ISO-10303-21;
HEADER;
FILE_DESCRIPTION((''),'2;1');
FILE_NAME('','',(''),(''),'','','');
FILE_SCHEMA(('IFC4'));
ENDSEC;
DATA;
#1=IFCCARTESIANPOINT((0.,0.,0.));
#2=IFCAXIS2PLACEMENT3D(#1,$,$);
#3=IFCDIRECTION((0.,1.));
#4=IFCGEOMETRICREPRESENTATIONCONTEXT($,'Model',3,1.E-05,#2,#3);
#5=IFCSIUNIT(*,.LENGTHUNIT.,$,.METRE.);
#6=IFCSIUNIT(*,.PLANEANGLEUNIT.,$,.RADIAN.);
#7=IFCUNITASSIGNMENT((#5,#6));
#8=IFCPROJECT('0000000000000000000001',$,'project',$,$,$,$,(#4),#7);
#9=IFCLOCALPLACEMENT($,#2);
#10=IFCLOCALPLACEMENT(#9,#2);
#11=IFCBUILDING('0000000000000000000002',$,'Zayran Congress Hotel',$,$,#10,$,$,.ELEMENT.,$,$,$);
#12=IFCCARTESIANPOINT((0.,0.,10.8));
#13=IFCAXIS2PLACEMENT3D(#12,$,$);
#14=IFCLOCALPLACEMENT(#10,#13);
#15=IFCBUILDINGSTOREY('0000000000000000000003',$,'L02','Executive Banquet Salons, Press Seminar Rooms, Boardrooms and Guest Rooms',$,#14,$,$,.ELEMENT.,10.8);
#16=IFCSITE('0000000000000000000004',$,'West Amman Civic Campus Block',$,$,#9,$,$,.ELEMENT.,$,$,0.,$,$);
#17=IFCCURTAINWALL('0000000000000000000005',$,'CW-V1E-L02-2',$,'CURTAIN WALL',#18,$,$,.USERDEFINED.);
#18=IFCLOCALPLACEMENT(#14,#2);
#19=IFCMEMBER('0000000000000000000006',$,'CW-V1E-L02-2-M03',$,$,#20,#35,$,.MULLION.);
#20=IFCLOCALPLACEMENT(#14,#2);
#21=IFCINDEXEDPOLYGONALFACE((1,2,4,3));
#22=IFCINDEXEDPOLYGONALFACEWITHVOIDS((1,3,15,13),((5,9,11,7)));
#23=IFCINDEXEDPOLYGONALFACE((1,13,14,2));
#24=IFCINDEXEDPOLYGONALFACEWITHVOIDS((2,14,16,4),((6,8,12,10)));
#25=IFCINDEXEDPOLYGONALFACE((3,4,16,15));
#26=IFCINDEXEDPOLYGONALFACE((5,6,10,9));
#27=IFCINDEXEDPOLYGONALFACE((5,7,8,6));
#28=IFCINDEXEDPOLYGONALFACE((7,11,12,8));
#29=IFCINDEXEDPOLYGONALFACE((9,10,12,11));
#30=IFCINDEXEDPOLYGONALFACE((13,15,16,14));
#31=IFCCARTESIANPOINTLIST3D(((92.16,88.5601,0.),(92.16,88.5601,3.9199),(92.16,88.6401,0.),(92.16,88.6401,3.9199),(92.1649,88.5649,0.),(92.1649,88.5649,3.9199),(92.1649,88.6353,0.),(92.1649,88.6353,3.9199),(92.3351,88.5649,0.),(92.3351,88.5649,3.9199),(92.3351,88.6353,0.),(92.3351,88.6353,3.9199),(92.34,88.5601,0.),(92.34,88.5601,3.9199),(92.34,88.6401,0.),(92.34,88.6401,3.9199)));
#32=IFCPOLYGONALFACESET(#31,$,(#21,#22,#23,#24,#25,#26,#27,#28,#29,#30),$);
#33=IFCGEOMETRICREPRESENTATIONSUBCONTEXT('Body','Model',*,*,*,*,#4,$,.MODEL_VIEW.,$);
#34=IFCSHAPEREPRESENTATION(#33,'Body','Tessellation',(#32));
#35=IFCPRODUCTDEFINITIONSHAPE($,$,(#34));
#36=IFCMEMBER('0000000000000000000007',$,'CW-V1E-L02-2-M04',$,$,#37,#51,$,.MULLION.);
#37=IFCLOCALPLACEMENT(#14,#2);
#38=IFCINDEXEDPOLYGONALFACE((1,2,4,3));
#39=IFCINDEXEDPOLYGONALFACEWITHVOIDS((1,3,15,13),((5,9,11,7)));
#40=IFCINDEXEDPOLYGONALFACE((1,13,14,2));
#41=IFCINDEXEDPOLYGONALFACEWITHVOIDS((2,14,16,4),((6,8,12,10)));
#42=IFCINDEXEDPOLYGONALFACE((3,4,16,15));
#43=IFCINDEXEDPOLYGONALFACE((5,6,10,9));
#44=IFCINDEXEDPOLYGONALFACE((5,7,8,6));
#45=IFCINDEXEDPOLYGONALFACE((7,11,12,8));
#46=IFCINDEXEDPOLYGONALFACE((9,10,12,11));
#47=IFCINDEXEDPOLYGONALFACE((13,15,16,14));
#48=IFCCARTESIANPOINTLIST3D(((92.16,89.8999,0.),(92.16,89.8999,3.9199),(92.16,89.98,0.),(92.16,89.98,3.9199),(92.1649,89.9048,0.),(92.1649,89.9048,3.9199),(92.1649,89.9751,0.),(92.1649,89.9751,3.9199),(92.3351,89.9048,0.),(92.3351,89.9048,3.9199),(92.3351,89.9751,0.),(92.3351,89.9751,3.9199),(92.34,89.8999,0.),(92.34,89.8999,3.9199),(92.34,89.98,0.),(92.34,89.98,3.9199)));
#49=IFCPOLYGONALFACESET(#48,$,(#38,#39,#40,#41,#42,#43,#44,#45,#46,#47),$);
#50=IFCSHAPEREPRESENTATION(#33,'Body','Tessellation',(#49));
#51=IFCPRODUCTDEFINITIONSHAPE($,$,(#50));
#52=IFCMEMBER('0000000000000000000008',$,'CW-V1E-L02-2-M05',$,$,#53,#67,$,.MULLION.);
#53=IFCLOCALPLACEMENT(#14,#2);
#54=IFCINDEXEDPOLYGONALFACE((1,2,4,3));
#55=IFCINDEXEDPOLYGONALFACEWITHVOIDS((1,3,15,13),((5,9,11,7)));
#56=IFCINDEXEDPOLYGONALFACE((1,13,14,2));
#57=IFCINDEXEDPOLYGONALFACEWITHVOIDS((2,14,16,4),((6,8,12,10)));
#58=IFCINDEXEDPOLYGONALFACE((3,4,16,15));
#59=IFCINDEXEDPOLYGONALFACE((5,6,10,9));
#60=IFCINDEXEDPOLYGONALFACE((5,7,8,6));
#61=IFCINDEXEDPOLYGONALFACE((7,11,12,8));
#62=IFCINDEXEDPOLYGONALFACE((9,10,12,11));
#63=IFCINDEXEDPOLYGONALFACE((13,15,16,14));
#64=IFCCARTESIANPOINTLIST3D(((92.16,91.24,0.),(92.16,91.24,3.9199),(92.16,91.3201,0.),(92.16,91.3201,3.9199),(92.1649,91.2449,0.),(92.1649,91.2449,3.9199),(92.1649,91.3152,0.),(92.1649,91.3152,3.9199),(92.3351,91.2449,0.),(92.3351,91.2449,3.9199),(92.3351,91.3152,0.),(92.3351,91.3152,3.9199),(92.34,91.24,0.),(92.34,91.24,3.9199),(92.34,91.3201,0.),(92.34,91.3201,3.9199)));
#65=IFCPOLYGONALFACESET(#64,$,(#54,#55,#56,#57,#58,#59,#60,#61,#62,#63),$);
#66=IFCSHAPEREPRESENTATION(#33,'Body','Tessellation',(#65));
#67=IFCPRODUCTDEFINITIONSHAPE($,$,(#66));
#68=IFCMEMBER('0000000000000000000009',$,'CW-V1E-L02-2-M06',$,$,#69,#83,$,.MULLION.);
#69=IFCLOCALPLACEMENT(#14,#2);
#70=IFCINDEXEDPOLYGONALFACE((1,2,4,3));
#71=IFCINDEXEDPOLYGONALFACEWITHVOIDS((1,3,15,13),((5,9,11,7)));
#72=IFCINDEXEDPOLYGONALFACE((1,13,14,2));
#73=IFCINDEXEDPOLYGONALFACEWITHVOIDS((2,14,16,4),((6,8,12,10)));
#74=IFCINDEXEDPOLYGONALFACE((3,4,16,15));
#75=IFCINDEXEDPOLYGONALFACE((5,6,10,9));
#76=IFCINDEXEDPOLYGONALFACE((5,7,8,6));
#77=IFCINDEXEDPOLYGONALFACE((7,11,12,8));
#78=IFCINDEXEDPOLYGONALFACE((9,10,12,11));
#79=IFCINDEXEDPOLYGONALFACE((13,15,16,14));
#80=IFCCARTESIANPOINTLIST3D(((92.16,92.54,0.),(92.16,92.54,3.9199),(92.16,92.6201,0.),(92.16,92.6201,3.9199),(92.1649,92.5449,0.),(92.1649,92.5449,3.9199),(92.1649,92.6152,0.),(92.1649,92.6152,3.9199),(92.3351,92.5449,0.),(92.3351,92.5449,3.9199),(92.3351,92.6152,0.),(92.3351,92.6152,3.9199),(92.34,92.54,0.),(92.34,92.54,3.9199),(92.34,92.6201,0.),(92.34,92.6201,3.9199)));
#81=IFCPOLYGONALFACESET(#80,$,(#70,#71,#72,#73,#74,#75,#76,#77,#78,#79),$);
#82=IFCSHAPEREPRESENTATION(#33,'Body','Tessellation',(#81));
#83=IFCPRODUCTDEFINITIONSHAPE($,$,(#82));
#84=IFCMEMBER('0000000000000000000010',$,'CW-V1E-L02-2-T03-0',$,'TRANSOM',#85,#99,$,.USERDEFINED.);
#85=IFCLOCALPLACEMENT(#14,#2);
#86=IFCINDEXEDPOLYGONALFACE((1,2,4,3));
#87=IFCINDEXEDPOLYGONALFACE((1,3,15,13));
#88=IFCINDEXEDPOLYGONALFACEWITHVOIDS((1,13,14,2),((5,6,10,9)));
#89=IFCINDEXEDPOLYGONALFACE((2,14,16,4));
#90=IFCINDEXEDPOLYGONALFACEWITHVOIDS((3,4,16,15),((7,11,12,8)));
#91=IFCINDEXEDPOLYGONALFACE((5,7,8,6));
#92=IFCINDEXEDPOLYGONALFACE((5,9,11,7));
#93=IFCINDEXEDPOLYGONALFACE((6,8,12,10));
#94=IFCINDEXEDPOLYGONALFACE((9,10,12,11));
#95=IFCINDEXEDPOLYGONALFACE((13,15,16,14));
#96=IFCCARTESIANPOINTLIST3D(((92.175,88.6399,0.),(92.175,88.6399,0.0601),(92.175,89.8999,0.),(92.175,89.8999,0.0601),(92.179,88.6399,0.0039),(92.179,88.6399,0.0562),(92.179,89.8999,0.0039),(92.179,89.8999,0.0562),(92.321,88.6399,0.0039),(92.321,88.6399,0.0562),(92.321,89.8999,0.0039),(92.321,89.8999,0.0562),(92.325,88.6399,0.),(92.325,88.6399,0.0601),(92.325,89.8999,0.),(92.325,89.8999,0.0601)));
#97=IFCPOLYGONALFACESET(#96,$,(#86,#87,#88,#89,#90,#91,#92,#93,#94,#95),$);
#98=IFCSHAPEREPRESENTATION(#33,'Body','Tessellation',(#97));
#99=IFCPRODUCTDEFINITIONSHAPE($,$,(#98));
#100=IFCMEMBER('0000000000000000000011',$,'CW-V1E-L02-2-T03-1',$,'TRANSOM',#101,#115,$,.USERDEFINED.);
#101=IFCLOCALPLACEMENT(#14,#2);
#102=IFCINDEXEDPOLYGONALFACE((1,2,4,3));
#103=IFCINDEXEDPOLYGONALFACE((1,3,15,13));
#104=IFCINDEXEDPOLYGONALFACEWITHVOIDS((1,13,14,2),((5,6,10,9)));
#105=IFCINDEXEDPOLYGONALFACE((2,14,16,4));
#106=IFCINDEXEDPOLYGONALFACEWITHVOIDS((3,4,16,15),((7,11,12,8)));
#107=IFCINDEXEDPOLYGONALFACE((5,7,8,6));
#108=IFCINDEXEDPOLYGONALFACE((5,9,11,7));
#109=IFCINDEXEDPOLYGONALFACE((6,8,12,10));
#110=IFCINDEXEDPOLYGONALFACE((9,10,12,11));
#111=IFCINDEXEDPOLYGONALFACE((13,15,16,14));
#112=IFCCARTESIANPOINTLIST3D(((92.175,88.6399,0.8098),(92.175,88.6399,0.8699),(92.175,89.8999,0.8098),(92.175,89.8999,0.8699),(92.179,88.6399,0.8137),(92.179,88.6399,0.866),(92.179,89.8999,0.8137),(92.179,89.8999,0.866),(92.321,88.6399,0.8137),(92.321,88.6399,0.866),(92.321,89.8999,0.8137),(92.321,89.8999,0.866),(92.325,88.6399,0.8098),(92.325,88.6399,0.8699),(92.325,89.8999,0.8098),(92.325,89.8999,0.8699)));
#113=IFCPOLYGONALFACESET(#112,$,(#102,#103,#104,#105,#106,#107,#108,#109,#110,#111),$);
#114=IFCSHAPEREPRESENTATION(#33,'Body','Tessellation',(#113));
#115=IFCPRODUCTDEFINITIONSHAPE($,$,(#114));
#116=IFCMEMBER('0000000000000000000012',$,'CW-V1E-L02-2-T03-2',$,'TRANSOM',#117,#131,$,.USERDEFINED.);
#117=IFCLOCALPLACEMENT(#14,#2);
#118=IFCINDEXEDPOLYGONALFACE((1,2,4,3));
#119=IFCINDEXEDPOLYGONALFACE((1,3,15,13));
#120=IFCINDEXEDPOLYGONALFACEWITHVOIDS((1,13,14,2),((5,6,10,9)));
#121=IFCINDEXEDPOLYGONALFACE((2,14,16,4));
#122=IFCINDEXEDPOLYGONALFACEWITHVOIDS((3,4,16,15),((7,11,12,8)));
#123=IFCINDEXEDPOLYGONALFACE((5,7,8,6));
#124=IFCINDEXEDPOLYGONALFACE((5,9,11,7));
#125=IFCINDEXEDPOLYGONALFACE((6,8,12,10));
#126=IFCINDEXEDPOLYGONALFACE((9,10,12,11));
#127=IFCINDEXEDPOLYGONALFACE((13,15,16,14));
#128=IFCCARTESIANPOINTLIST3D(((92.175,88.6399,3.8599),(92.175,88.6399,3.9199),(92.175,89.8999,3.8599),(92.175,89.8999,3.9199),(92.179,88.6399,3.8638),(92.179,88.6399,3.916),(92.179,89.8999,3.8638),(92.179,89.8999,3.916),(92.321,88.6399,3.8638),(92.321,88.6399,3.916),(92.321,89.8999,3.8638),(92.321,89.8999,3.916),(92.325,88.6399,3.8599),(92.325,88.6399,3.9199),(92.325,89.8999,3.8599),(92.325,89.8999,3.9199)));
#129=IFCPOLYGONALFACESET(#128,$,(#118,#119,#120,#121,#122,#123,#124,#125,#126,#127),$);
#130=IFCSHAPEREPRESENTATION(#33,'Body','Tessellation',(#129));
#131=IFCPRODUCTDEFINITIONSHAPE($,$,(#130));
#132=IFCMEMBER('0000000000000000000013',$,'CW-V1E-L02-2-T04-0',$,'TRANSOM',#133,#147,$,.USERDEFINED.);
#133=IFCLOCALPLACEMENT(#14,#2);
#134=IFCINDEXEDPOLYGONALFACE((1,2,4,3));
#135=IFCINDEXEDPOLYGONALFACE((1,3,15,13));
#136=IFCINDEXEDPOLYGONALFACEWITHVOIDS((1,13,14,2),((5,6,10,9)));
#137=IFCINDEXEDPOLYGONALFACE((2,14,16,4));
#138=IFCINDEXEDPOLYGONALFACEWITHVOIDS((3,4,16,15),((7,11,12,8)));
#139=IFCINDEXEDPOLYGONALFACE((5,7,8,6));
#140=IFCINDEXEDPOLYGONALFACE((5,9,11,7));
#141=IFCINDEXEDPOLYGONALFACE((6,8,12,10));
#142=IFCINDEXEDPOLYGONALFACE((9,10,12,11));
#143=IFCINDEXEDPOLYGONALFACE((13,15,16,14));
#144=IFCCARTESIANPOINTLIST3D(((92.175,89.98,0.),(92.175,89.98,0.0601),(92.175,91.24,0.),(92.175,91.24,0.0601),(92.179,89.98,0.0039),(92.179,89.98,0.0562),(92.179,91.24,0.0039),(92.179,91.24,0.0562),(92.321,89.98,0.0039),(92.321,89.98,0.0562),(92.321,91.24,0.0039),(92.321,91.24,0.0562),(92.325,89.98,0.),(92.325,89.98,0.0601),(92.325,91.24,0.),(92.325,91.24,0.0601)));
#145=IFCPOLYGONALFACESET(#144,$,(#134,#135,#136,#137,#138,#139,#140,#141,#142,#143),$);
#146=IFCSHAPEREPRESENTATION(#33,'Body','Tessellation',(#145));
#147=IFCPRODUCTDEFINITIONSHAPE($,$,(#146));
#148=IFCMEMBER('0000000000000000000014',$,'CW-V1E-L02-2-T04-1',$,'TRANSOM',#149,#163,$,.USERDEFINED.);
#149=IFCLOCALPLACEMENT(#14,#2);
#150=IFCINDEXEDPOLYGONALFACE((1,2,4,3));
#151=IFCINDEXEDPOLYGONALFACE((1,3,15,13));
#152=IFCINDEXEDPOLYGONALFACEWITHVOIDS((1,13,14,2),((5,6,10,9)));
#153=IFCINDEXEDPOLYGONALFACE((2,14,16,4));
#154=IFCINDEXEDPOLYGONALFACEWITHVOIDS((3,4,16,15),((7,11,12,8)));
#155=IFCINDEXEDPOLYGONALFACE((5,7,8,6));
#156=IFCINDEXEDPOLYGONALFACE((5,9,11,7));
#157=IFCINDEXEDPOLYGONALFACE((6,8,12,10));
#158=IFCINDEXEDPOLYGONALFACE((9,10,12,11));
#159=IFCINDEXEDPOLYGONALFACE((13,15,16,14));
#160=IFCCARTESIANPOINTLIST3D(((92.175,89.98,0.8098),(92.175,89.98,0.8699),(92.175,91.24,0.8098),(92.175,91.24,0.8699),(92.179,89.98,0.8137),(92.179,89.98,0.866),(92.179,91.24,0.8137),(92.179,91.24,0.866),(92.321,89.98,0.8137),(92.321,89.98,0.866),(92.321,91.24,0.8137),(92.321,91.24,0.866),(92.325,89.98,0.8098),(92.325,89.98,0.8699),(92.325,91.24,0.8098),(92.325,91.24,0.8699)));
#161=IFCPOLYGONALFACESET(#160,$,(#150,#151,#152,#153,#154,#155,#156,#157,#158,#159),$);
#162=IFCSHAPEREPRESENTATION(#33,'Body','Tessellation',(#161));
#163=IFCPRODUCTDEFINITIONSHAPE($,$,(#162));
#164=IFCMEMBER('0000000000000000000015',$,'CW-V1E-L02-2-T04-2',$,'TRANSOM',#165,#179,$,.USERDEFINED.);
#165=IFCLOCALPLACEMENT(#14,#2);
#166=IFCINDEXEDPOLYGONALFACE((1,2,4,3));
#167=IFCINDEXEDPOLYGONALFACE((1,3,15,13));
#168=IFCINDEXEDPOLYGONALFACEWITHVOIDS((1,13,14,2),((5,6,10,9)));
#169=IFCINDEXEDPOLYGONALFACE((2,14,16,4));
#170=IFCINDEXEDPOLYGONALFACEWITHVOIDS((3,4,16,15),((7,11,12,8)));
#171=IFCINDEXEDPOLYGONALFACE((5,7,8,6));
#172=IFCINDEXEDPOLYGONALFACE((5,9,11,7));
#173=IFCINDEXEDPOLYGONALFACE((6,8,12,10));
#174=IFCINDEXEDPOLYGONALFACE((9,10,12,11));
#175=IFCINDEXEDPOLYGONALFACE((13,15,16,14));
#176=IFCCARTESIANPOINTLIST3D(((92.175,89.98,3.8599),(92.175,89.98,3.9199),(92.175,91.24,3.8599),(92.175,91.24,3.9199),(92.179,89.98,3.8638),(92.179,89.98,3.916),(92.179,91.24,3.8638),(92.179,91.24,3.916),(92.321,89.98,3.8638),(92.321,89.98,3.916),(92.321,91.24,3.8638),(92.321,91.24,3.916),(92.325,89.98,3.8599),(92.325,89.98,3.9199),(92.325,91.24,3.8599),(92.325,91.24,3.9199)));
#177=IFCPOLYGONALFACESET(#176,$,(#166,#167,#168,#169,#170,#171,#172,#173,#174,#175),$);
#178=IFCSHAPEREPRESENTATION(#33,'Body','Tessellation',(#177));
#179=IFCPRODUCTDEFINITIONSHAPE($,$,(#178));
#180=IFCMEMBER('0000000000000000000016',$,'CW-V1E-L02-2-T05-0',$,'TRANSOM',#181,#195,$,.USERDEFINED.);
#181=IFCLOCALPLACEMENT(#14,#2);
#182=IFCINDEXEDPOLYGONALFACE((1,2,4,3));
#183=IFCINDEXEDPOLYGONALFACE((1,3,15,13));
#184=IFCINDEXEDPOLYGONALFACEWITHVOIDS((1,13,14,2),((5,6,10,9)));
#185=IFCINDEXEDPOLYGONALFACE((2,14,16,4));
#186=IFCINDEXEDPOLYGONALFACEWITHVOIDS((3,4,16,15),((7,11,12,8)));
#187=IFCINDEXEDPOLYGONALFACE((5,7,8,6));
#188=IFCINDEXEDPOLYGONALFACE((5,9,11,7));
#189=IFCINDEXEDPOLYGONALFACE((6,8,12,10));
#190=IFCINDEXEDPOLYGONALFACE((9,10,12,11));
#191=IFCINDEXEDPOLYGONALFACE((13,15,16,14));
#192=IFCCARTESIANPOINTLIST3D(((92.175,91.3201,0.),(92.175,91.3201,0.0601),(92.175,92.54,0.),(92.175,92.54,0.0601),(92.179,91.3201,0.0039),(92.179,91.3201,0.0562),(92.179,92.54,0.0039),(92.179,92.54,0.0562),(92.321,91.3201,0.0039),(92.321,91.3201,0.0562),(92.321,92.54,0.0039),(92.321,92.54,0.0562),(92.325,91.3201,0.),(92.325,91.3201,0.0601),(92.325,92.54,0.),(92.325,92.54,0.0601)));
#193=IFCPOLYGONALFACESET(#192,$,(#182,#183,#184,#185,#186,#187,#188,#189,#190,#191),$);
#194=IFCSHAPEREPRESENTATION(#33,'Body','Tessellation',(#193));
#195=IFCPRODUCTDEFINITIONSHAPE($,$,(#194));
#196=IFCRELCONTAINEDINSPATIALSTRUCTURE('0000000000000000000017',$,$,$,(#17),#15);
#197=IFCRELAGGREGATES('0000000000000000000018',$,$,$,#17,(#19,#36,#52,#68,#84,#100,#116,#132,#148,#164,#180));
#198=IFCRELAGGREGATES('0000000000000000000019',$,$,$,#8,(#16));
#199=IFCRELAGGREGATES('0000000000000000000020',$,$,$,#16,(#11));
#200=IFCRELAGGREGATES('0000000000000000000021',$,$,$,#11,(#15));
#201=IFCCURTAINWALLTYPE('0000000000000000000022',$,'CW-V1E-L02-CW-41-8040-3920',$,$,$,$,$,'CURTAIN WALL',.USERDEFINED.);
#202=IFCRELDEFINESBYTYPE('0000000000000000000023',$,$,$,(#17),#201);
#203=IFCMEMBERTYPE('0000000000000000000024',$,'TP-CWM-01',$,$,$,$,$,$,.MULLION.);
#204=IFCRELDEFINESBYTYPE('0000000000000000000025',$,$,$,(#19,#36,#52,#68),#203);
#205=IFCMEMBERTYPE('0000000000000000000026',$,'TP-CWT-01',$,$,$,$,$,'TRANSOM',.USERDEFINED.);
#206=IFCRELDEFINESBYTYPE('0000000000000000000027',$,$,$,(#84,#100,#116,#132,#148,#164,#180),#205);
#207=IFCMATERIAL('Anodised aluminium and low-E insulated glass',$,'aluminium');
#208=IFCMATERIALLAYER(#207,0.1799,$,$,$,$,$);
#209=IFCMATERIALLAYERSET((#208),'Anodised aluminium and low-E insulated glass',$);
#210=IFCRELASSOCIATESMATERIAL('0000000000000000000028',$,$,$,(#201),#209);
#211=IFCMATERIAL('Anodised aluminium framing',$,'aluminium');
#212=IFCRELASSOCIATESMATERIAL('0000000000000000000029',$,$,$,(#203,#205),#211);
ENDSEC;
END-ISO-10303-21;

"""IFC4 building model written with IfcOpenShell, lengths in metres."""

from ifc_helpers import new_model, si_unit, direction, frame, origin, origin_2d, place, context, subcontext, project, spatial, hollow_rectangle, extrude, material, layer, layer_set, material_profile, profile_set, type_object, element, aggregate, save


model = new_model("IFC4")

# Units and contexts
model_context = context("Model", 3, precision=1e-05, world=origin(), true_north=direction((0.0, 1.0)))
body_context = subcontext(model_context, "Body", "Model", "MODEL_VIEW")
ifc_project = project(units=[si_unit("LENGTHUNIT", "METRE"), si_unit("PLANEANGLEUNIT", "RADIAN")], contexts=[model_context])

# Site, building, storey
site_placement = place(None, origin())
site = spatial("IfcSite", under=ifc_project, at=site_placement, Name="West Amman Civic Campus Block", CompositionType="ELEMENT", RefElevation=0.0)
building_placement = place(site_placement, origin())
building = spatial("IfcBuilding", under=site, at=building_placement, Name="Zayran Congress Hotel", CompositionType="ELEMENT")
storey_placement = place(building_placement, frame((0.0, 0.0, 10.8)))
storey = spatial("IfcBuildingStorey", under=building, at=storey_placement, Name="L02", Description="Executive Banquet Salons, Press Seminar Rooms, Boardrooms and Guest Rooms", CompositionType="ELEMENT", Elevation=10.8)

# Curtain wall, members
ifc_material_1 = material(Name="Anodised aluminium and low-E insulated glass", Category="aluminium")
ifc_layer_1 = layer(ifc_material_1, 0.1799)
ifc_layer_set_1 = layer_set([ifc_layer_1], Name="Anodised aluminium and low-E insulated glass")
curtain_wall_type = type_object("IfcCurtainWallType", Name="CW-V1E-L02-CW-41-8040-3920", ElementType="CURTAIN WALL", PredefinedType="USERDEFINED", material=ifc_layer_set_1)
curtain_wall_placement = place(storey_placement, origin())
curtain_wall = element("IfcCurtainWall", 1, at=curtain_wall_placement, inside=storey, type_object=curtain_wall_type, Name="CW-V1E-L02-2", ObjectType="CURTAIN WALL", PredefinedType="USERDEFINED")
ifc_material_2 = material(Name="Anodised aluminium framing", Category="aluminium")
ifc_material_profile_1 = material_profile(ifc_material_2, hollow_rectangle(XDim=0.0801, YDim=0.1799, WallThickness=0.0049, at=origin_2d()), Name="RHS 180x80x5")
ifc_profile_set_1 = profile_set([ifc_material_profile_1], Name="Anodised aluminium framing")
member_type_1 = type_object("IfcMemberType", Name="TP-CWM-01", PredefinedType="MULLION", material=ifc_profile_set_1)
member_1_placement = place(storey_placement, frame((92.25, 88.6001, 0.0), z_axis=(0.0, 0.0, 1.0), x_axis=(0.0, 1.0, 0.0)))
member_1 = element("IfcMember", 2, at=member_1_placement, type_object=member_type_1, Name="CW-V1E-L02-2-M03", PredefinedType="MULLION", context=body_context, shape_type="SweptSolid", body=[
    extrude(hollow_rectangle(XDim=0.0801, YDim=0.1799, WallThickness=0.0049, at=origin_2d()), origin(), (0.0, 0.0, 1.0), 3.9199),
])
member_2_placement = place(storey_placement, frame((92.25, 89.9399, 0.0), z_axis=(0.0, 0.0, 1.0), x_axis=(0.0, 1.0, 0.0)))
member_2 = element("IfcMember", 3, at=member_2_placement, type_object=member_type_1, Name="CW-V1E-L02-2-M04", PredefinedType="MULLION", context=body_context, shape_type="SweptSolid", body=[
    extrude(hollow_rectangle(XDim=0.0801, YDim=0.1799, WallThickness=0.0049, at=origin_2d()), origin(), (0.0, 0.0, 1.0), 3.9199),
])
member_3_placement = place(storey_placement, frame((92.25, 91.28, 0.0), z_axis=(0.0, 0.0, 1.0), x_axis=(0.0, 1.0, 0.0)))
member_3 = element("IfcMember", 4, at=member_3_placement, type_object=member_type_1, Name="CW-V1E-L02-2-M05", PredefinedType="MULLION", context=body_context, shape_type="SweptSolid", body=[
    extrude(hollow_rectangle(XDim=0.0801, YDim=0.1799, WallThickness=0.0049, at=origin_2d()), origin(), (0.0, 0.0, 1.0), 3.9199),
])
member_4_placement = place(storey_placement, frame((92.25, 92.5801, 0.0), z_axis=(0.0, 0.0, 1.0), x_axis=(0.0, 1.0, 0.0)))
member_4 = element("IfcMember", 5, at=member_4_placement, type_object=member_type_1, Name="CW-V1E-L02-2-M06", PredefinedType="MULLION", context=body_context, shape_type="SweptSolid", body=[
    extrude(hollow_rectangle(XDim=0.0801, YDim=0.1799, WallThickness=0.0049, at=origin_2d()), origin(), (0.0, 0.0, 1.0), 3.9199),
])
ifc_material_profile_2 = material_profile(ifc_material_2, hollow_rectangle(XDim=0.0601, YDim=0.1499, WallThickness=0.0039, at=origin_2d()), Name="RHS 150x60x4")
ifc_profile_set_2 = profile_set([ifc_material_profile_2], Name="Anodised aluminium framing")
member_type_2 = type_object("IfcMemberType", Name="TP-CWT-01", ElementType="TRANSOM", PredefinedType="USERDEFINED", material=ifc_profile_set_2)
member_5_placement = place(storey_placement, frame((92.25, 88.6399, 0.03), z_axis=(0.0, 1.0, 0.0), x_axis=(0.0, 0.0, 1.0)))
member_5 = element("IfcMember", 6, at=member_5_placement, type_object=member_type_2, Name="CW-V1E-L02-2-T03-0", ObjectType="TRANSOM", PredefinedType="USERDEFINED", context=body_context, shape_type="SweptSolid", body=[
    extrude(hollow_rectangle(XDim=0.0601, YDim=0.1499, WallThickness=0.0039, at=origin_2d()), origin(), (0.0, 0.0, 1.0), 1.26),
])
member_6_placement = place(storey_placement, frame((92.25, 88.6399, 0.8398), z_axis=(0.0, 1.0, 0.0), x_axis=(0.0, 0.0, 1.0)))
member_6 = element("IfcMember", 7, at=member_6_placement, type_object=member_type_2, Name="CW-V1E-L02-2-T03-1", ObjectType="TRANSOM", PredefinedType="USERDEFINED", context=body_context, shape_type="SweptSolid", body=[
    extrude(hollow_rectangle(XDim=0.0601, YDim=0.1499, WallThickness=0.0039, at=origin_2d()), origin(), (0.0, 0.0, 1.0), 1.26),
])
member_7_placement = place(storey_placement, frame((92.25, 88.6399, 3.8899), z_axis=(0.0, 1.0, 0.0), x_axis=(0.0, 0.0, 1.0)))
member_7 = element("IfcMember", 8, at=member_7_placement, type_object=member_type_2, Name="CW-V1E-L02-2-T03-2", ObjectType="TRANSOM", PredefinedType="USERDEFINED", context=body_context, shape_type="SweptSolid", body=[
    extrude(hollow_rectangle(XDim=0.0601, YDim=0.1499, WallThickness=0.0039, at=origin_2d()), origin(), (0.0, 0.0, 1.0), 1.26),
])
member_8_placement = place(storey_placement, frame((92.25, 89.98, 0.03), z_axis=(0.0, 1.0, 0.0), x_axis=(0.0, 0.0, 1.0)))
member_8 = element("IfcMember", 9, at=member_8_placement, type_object=member_type_2, Name="CW-V1E-L02-2-T04-0", ObjectType="TRANSOM", PredefinedType="USERDEFINED", context=body_context, shape_type="SweptSolid", body=[
    extrude(hollow_rectangle(XDim=0.0601, YDim=0.1499, WallThickness=0.0039, at=origin_2d()), origin(), (0.0, 0.0, 1.0), 1.26),
])
member_9_placement = place(storey_placement, frame((92.25, 89.98, 0.8398), z_axis=(0.0, 1.0, 0.0), x_axis=(0.0, 0.0, 1.0)))
member_9 = element("IfcMember", 10, at=member_9_placement, type_object=member_type_2, Name="CW-V1E-L02-2-T04-1", ObjectType="TRANSOM", PredefinedType="USERDEFINED", context=body_context, shape_type="SweptSolid", body=[
    extrude(hollow_rectangle(XDim=0.0601, YDim=0.1499, WallThickness=0.0039, at=origin_2d()), origin(), (0.0, 0.0, 1.0), 1.26),
])
member_10_placement = place(storey_placement, frame((92.25, 89.98, 3.8899), z_axis=(0.0, 1.0, 0.0), x_axis=(0.0, 0.0, 1.0)))
member_10 = element("IfcMember", 11, at=member_10_placement, type_object=member_type_2, Name="CW-V1E-L02-2-T04-2", ObjectType="TRANSOM", PredefinedType="USERDEFINED", context=body_context, shape_type="SweptSolid", body=[
    extrude(hollow_rectangle(XDim=0.0601, YDim=0.1499, WallThickness=0.0039, at=origin_2d()), origin(), (0.0, 0.0, 1.0), 1.26),
])
member_11_placement = place(storey_placement, frame((92.25, 91.3201, 0.03), z_axis=(0.0, 1.0, 0.0), x_axis=(0.0, 0.0, 1.0)))
member_11 = element("IfcMember", 12, at=member_11_placement, type_object=member_type_2, Name="CW-V1E-L02-2-T05-0", ObjectType="TRANSOM", PredefinedType="USERDEFINED", context=body_context, shape_type="SweptSolid", body=[
    extrude(hollow_rectangle(XDim=0.0601, YDim=0.1499, WallThickness=0.0039, at=origin_2d()), origin(), (0.0, 0.0, 1.0), 1.22),
])
aggregate(curtain_wall, [member_1, member_2, member_3, member_4, member_5, member_6, member_7, member_8, member_9, member_10, member_11])

save(model, "model.ifc")
